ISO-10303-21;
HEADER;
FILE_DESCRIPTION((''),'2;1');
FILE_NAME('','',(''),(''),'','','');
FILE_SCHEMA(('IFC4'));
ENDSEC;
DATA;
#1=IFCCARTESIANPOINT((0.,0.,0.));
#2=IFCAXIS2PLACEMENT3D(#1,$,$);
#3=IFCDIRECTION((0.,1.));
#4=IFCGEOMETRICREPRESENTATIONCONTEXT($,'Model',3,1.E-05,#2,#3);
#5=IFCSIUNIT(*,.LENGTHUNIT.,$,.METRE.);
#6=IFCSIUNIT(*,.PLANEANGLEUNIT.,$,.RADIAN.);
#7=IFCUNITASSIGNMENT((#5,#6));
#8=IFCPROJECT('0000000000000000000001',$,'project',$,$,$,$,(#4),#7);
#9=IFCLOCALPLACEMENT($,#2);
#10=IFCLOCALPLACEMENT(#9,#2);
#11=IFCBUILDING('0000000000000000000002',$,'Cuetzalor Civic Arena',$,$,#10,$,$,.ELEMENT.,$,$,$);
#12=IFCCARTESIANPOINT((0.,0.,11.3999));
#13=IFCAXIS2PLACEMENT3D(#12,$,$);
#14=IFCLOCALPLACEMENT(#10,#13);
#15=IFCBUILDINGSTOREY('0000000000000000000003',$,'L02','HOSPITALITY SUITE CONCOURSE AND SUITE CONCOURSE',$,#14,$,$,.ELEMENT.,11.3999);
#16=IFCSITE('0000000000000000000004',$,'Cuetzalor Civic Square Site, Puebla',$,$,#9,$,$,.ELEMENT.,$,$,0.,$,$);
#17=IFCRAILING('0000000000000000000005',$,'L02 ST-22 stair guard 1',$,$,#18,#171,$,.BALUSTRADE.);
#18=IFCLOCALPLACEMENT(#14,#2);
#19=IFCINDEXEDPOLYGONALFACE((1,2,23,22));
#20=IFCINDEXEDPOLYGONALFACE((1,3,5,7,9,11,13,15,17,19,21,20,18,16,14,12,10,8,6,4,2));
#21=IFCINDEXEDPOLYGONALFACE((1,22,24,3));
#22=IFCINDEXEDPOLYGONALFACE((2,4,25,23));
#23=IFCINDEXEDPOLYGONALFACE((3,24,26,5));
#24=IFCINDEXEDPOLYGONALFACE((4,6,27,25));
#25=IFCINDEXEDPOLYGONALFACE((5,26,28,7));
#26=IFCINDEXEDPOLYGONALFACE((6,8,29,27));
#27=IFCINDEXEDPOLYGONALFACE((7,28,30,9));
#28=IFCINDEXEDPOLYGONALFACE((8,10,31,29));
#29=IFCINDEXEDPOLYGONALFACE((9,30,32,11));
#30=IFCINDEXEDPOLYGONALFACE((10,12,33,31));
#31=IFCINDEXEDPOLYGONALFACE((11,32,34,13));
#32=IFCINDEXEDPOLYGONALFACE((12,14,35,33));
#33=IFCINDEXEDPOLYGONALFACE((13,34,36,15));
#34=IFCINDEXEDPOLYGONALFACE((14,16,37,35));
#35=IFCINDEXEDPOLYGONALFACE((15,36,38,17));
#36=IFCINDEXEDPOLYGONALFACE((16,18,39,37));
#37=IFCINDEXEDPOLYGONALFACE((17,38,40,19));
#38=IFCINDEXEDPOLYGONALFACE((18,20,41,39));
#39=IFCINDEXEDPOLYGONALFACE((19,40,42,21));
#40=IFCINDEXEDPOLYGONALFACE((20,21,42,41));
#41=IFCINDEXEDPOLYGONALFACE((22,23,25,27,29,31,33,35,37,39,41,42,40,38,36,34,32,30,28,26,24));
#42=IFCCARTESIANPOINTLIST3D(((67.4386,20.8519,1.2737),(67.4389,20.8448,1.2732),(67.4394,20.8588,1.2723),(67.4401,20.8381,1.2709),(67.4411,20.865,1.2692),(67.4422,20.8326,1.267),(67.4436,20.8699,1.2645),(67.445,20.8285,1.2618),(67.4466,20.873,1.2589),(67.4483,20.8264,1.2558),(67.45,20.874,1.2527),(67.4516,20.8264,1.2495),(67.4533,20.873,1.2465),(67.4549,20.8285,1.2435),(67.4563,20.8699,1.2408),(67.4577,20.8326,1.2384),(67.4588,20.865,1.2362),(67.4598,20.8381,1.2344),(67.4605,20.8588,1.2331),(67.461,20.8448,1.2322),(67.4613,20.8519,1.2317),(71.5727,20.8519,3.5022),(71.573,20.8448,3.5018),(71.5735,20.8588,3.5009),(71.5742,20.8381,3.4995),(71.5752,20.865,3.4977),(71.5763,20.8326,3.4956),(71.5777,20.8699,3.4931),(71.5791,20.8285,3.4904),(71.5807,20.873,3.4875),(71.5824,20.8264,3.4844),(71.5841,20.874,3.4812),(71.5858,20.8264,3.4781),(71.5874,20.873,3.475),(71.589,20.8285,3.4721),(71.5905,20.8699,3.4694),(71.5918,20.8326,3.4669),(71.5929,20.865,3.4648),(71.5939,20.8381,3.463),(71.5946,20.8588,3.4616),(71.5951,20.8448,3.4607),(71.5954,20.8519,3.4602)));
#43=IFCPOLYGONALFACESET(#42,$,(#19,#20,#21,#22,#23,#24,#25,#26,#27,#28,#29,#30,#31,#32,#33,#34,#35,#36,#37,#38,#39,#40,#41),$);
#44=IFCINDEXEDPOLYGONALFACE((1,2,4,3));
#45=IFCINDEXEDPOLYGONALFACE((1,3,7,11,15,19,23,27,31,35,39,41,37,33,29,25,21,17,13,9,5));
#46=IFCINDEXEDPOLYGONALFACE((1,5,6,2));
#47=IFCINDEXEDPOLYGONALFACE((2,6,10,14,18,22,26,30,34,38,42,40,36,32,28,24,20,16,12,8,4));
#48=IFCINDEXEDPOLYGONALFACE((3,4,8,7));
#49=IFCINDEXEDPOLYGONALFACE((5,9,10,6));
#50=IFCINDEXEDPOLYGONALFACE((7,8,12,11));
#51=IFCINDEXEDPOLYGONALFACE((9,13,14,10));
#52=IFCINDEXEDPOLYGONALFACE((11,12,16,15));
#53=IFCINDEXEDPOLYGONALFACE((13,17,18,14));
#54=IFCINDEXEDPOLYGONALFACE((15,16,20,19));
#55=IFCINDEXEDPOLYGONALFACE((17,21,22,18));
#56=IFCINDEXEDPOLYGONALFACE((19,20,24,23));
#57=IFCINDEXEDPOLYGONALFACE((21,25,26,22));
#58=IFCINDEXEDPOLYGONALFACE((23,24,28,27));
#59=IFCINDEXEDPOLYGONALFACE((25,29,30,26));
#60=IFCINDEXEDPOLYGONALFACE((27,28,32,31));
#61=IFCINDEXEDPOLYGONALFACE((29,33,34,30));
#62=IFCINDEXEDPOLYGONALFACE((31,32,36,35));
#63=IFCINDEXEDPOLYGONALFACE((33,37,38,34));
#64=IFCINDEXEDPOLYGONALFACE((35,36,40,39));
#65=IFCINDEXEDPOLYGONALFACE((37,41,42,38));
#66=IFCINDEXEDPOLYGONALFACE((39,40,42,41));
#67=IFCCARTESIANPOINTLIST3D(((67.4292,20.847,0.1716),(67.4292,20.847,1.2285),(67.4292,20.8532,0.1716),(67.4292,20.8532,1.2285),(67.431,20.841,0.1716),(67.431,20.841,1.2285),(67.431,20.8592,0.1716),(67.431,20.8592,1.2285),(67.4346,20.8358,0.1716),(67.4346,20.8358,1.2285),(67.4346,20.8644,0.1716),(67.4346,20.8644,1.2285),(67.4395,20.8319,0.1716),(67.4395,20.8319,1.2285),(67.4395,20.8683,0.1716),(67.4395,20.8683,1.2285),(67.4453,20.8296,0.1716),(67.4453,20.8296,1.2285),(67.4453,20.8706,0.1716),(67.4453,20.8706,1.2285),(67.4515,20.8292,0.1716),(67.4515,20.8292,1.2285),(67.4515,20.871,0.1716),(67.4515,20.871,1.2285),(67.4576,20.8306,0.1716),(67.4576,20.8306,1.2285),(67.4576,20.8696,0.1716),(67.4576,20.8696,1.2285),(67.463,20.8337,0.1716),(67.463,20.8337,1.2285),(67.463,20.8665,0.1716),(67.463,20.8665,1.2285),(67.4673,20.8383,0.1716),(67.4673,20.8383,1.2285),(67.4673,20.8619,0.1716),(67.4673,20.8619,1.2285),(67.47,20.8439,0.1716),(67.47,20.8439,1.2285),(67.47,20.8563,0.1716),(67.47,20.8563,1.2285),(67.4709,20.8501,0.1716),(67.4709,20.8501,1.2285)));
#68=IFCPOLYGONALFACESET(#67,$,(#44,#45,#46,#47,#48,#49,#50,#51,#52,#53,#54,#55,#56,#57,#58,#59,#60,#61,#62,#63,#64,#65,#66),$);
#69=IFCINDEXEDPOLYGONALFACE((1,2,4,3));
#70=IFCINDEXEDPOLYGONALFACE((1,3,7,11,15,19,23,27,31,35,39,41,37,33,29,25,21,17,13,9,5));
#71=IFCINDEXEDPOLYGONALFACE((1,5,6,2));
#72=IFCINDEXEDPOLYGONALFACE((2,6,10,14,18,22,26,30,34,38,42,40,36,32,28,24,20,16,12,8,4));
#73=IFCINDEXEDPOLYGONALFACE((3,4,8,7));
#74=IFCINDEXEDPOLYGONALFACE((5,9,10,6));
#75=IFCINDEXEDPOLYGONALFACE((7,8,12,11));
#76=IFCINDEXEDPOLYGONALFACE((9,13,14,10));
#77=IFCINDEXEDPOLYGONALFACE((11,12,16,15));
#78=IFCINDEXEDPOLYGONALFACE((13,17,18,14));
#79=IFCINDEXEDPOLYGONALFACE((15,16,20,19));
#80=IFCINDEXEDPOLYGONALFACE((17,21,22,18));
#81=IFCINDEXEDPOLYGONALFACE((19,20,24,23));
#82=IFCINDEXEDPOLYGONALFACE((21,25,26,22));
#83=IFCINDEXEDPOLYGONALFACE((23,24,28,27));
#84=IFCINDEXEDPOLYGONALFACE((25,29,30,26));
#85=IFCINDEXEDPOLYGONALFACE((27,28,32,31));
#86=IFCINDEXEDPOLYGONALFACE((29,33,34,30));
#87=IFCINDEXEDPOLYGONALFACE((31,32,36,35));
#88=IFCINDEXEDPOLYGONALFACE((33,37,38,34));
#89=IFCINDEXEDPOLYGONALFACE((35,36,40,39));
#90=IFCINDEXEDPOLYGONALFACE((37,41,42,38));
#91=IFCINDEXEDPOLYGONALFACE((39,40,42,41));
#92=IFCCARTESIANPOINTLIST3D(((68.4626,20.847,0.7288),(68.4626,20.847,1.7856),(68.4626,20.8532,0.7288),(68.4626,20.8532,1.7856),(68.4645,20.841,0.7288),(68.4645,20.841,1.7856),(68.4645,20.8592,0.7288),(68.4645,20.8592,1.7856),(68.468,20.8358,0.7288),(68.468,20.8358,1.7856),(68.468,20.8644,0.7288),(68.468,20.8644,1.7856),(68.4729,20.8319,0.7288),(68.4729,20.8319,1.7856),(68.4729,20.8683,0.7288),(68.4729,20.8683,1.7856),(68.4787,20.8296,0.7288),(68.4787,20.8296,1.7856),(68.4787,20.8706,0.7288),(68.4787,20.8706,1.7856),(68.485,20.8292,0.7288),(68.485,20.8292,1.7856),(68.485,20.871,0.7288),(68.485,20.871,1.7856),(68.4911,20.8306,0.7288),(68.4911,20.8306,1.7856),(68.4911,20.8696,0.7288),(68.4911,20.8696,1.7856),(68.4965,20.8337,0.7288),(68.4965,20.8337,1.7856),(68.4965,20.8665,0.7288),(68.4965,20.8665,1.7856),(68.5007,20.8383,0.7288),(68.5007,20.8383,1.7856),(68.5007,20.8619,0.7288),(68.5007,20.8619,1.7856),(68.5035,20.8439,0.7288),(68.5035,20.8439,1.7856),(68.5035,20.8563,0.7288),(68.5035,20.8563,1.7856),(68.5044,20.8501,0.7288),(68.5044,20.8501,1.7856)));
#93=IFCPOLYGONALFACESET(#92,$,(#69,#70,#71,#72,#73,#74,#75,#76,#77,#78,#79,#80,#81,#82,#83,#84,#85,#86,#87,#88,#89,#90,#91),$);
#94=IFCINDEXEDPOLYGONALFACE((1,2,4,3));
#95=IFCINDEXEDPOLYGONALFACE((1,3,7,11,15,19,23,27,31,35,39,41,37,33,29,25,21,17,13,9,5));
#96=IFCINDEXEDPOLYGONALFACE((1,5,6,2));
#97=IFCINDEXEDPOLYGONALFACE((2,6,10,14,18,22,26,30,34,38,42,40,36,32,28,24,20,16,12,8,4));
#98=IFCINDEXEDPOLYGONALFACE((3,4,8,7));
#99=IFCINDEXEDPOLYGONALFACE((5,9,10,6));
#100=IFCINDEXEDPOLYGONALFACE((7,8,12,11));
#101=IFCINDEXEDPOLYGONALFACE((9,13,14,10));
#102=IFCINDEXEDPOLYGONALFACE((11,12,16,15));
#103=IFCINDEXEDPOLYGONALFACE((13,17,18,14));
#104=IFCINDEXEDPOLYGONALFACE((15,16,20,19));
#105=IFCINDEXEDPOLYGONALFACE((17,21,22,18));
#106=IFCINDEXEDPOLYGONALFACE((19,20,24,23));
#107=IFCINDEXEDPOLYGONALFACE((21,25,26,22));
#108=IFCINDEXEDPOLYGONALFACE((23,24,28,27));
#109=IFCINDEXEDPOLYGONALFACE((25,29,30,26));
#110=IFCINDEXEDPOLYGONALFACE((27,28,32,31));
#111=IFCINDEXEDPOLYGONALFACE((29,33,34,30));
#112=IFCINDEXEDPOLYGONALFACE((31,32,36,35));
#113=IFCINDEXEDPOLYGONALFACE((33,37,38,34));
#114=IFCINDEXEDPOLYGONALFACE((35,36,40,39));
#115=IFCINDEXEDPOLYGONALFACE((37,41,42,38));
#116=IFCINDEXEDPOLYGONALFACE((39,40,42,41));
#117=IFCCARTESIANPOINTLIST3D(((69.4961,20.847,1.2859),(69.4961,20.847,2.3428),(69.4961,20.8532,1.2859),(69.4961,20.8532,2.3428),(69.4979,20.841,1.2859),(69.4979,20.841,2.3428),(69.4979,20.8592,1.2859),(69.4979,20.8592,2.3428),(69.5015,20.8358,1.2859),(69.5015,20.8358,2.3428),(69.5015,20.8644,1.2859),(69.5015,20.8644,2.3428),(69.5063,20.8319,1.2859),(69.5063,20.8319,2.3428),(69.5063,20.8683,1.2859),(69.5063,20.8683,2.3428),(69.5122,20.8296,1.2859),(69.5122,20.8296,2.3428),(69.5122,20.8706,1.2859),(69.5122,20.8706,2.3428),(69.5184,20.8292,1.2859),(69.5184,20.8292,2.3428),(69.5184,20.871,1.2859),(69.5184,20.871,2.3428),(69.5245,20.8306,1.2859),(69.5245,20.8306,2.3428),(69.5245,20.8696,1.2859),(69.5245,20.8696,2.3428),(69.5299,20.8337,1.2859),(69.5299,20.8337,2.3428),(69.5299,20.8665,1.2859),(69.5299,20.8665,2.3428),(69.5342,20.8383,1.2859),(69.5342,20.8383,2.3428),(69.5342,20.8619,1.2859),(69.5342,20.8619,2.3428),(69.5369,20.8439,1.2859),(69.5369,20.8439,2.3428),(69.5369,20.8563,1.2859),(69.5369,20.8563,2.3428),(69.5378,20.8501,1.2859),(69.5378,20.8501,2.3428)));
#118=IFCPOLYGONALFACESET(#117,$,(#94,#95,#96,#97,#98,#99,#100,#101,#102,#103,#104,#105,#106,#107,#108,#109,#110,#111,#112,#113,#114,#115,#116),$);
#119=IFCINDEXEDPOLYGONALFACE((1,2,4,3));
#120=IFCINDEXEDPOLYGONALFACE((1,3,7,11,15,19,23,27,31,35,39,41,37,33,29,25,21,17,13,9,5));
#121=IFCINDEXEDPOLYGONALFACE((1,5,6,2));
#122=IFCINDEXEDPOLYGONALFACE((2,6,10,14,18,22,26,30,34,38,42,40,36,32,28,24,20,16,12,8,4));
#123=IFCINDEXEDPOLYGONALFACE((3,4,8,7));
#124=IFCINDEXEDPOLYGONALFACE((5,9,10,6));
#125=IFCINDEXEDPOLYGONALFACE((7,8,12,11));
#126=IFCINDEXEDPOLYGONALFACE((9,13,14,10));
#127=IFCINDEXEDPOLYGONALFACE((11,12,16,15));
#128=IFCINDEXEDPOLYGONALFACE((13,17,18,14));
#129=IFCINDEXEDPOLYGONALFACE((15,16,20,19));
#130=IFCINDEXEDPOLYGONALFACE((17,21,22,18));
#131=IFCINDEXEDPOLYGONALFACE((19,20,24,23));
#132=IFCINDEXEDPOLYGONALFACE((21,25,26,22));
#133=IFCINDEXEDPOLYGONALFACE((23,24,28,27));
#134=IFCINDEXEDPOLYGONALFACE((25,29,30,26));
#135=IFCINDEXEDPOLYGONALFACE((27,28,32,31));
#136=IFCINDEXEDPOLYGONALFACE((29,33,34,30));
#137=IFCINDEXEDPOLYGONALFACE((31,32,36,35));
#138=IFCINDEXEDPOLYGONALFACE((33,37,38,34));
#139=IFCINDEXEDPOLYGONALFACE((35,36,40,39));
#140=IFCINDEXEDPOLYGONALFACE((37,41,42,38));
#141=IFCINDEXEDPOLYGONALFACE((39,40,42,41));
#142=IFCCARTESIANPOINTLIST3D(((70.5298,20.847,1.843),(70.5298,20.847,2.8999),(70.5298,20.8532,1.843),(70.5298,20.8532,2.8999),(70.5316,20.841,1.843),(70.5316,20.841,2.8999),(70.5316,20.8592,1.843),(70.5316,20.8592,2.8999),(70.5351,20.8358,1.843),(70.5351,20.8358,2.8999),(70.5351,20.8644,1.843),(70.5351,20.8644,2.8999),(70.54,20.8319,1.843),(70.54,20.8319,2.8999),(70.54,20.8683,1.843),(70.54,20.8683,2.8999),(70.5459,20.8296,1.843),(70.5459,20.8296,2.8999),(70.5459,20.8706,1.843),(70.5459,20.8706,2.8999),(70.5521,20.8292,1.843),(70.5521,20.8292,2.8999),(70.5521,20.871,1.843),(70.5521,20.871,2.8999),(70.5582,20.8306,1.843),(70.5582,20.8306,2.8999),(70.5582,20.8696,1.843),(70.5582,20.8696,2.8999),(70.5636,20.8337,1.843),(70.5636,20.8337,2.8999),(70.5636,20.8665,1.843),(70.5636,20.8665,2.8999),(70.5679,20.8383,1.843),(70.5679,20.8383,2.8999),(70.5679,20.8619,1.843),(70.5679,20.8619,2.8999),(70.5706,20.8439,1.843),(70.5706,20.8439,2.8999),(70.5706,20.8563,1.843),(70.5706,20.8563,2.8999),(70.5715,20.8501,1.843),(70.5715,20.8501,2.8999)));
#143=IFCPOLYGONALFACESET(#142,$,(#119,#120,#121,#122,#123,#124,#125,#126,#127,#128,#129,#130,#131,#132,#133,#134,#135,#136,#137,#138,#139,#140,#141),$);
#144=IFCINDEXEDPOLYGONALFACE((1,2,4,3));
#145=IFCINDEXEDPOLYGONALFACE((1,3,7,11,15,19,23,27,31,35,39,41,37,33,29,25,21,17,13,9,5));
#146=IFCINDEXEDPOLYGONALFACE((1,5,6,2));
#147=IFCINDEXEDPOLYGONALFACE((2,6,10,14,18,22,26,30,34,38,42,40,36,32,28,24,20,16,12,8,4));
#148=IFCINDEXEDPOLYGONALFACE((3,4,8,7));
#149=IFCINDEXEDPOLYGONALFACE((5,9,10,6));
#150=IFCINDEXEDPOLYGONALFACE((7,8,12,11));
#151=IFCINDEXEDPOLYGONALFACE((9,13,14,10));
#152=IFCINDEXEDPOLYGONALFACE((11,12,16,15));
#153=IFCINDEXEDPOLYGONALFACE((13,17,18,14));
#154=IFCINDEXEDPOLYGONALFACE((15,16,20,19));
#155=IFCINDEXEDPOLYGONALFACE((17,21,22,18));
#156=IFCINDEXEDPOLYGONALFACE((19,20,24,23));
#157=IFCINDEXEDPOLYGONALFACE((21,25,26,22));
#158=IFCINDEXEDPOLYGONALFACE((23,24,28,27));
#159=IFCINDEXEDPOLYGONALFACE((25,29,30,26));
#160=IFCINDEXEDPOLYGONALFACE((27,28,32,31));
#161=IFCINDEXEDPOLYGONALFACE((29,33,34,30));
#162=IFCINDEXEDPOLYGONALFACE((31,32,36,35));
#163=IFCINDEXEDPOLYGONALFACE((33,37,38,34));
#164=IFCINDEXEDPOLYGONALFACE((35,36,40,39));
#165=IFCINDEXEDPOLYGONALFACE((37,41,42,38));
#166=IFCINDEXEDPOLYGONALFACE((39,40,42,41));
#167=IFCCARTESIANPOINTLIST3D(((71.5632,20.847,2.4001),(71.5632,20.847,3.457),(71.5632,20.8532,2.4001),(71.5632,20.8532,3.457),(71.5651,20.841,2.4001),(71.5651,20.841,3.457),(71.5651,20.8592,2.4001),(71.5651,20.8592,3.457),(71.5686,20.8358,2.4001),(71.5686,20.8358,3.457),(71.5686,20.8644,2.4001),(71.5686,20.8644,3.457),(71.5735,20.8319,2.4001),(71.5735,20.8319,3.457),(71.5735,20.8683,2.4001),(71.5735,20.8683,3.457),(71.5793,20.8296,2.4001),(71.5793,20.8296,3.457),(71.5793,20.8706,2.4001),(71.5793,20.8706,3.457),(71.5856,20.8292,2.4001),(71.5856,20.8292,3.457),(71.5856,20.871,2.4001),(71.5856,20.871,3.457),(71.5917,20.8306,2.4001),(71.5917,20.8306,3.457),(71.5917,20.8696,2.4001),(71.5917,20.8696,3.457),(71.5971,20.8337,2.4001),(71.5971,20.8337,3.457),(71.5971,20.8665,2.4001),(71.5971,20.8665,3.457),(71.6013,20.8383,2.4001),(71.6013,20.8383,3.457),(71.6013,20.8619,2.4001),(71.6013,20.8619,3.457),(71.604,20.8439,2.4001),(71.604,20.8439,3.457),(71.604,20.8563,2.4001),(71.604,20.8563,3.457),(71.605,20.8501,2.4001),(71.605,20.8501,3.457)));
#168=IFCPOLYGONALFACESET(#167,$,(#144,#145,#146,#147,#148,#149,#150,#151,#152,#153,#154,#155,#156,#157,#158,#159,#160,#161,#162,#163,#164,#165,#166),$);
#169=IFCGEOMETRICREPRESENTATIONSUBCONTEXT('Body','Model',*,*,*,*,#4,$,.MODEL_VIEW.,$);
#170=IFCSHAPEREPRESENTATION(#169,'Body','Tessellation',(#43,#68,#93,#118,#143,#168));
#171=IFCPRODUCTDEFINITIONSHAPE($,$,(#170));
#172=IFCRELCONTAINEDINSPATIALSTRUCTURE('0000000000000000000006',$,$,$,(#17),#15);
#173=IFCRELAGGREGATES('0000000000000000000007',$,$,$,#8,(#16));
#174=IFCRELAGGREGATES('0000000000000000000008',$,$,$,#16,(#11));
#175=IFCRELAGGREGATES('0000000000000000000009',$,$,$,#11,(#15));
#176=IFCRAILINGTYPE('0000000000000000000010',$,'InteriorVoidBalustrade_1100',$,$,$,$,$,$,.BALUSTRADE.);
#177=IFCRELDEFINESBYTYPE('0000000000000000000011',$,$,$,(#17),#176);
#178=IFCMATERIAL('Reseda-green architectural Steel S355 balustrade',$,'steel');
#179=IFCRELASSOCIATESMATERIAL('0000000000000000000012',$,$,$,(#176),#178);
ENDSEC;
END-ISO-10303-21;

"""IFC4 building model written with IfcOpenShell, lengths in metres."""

from ifc_helpers import new_model, si_unit, direction, frame, origin, origin_2d, place, context, subcontext, project, spatial, circle, extrude, material, type_object, element, save


model = new_model("IFC4")

# Units and contexts
model_context = context("Model", 3, precision=1e-05, world=origin(), true_north=direction((0.0, 1.0)))
body_context = subcontext(model_context, "Body", "Model", "MODEL_VIEW")
ifc_project = project(units=[si_unit("LENGTHUNIT", "METRE"), si_unit("PLANEANGLEUNIT", "RADIAN")], contexts=[model_context])

# Site, building, storey
site_placement = place(None, origin())
site = spatial("IfcSite", under=ifc_project, at=site_placement, Name="Cuetzalor Civic Square Site, Puebla", CompositionType="ELEMENT", RefElevation=0.0)
building_placement = place(site_placement, origin())
building = spatial("IfcBuilding", under=site, at=building_placement, Name="Cuetzalor Civic Arena", CompositionType="ELEMENT")
storey_placement = place(building_placement, frame((0.0, 0.0, 11.3999)))
storey = spatial("IfcBuildingStorey", under=building, at=storey_placement, Name="L02", Description="HOSPITALITY SUITE CONCOURSE AND SUITE CONCOURSE", CompositionType="ELEMENT", Elevation=11.3999)

# Railing
ifc_material_1 = material(Name="Reseda-green architectural Steel S355 balustrade", Category="steel")
railing_type_1 = type_object("IfcRailingType", Name="InteriorVoidBalustrade_1100", PredefinedType="BALUSTRADE", material=ifc_material_1)
railing_1_placement = place(storey_placement, frame((67.45, 20.8501, 0.1716)))
element("IfcRailing", 1, at=railing_1_placement, inside=storey, type_object=railing_type_1, Name="L02 ST-22 stair guard 1", PredefinedType="BALUSTRADE", context=body_context, shape_type="SweptSolid", body=[
    extrude(circle(Radius=0.0239, at=origin_2d()), frame((0.0, 0.0, 1.0811), z_axis=(0.880249, 0.0, 0.474512), x_axis=(0.0, 1.0, 0.0)), (0.0, 0.0, 1.0), 4.6965),
    extrude(circle(Radius=0.021, at=origin_2d()), origin(), (0.0, 0.0, 1.0), 1.0569),
    extrude(circle(Radius=0.021, at=origin_2d()), frame((1.0334, 0.0, 0.5571)), (0.0, 0.0, 1.0), 1.0569),
    extrude(circle(Radius=0.021, at=origin_2d()), frame((2.0669, 0.0, 1.1143)), (0.0, 0.0, 1.0), 1.0569),
    extrude(circle(Radius=0.021, at=origin_2d()), frame((3.1006, 0.0, 1.6714)), (0.0, 0.0, 1.0), 1.0569),
    extrude(circle(Radius=0.021, at=origin_2d()), frame((4.134, 0.0, 2.2285)), (0.0, 0.0, 1.0), 1.0569),
])

save(model, "model.ifc")
